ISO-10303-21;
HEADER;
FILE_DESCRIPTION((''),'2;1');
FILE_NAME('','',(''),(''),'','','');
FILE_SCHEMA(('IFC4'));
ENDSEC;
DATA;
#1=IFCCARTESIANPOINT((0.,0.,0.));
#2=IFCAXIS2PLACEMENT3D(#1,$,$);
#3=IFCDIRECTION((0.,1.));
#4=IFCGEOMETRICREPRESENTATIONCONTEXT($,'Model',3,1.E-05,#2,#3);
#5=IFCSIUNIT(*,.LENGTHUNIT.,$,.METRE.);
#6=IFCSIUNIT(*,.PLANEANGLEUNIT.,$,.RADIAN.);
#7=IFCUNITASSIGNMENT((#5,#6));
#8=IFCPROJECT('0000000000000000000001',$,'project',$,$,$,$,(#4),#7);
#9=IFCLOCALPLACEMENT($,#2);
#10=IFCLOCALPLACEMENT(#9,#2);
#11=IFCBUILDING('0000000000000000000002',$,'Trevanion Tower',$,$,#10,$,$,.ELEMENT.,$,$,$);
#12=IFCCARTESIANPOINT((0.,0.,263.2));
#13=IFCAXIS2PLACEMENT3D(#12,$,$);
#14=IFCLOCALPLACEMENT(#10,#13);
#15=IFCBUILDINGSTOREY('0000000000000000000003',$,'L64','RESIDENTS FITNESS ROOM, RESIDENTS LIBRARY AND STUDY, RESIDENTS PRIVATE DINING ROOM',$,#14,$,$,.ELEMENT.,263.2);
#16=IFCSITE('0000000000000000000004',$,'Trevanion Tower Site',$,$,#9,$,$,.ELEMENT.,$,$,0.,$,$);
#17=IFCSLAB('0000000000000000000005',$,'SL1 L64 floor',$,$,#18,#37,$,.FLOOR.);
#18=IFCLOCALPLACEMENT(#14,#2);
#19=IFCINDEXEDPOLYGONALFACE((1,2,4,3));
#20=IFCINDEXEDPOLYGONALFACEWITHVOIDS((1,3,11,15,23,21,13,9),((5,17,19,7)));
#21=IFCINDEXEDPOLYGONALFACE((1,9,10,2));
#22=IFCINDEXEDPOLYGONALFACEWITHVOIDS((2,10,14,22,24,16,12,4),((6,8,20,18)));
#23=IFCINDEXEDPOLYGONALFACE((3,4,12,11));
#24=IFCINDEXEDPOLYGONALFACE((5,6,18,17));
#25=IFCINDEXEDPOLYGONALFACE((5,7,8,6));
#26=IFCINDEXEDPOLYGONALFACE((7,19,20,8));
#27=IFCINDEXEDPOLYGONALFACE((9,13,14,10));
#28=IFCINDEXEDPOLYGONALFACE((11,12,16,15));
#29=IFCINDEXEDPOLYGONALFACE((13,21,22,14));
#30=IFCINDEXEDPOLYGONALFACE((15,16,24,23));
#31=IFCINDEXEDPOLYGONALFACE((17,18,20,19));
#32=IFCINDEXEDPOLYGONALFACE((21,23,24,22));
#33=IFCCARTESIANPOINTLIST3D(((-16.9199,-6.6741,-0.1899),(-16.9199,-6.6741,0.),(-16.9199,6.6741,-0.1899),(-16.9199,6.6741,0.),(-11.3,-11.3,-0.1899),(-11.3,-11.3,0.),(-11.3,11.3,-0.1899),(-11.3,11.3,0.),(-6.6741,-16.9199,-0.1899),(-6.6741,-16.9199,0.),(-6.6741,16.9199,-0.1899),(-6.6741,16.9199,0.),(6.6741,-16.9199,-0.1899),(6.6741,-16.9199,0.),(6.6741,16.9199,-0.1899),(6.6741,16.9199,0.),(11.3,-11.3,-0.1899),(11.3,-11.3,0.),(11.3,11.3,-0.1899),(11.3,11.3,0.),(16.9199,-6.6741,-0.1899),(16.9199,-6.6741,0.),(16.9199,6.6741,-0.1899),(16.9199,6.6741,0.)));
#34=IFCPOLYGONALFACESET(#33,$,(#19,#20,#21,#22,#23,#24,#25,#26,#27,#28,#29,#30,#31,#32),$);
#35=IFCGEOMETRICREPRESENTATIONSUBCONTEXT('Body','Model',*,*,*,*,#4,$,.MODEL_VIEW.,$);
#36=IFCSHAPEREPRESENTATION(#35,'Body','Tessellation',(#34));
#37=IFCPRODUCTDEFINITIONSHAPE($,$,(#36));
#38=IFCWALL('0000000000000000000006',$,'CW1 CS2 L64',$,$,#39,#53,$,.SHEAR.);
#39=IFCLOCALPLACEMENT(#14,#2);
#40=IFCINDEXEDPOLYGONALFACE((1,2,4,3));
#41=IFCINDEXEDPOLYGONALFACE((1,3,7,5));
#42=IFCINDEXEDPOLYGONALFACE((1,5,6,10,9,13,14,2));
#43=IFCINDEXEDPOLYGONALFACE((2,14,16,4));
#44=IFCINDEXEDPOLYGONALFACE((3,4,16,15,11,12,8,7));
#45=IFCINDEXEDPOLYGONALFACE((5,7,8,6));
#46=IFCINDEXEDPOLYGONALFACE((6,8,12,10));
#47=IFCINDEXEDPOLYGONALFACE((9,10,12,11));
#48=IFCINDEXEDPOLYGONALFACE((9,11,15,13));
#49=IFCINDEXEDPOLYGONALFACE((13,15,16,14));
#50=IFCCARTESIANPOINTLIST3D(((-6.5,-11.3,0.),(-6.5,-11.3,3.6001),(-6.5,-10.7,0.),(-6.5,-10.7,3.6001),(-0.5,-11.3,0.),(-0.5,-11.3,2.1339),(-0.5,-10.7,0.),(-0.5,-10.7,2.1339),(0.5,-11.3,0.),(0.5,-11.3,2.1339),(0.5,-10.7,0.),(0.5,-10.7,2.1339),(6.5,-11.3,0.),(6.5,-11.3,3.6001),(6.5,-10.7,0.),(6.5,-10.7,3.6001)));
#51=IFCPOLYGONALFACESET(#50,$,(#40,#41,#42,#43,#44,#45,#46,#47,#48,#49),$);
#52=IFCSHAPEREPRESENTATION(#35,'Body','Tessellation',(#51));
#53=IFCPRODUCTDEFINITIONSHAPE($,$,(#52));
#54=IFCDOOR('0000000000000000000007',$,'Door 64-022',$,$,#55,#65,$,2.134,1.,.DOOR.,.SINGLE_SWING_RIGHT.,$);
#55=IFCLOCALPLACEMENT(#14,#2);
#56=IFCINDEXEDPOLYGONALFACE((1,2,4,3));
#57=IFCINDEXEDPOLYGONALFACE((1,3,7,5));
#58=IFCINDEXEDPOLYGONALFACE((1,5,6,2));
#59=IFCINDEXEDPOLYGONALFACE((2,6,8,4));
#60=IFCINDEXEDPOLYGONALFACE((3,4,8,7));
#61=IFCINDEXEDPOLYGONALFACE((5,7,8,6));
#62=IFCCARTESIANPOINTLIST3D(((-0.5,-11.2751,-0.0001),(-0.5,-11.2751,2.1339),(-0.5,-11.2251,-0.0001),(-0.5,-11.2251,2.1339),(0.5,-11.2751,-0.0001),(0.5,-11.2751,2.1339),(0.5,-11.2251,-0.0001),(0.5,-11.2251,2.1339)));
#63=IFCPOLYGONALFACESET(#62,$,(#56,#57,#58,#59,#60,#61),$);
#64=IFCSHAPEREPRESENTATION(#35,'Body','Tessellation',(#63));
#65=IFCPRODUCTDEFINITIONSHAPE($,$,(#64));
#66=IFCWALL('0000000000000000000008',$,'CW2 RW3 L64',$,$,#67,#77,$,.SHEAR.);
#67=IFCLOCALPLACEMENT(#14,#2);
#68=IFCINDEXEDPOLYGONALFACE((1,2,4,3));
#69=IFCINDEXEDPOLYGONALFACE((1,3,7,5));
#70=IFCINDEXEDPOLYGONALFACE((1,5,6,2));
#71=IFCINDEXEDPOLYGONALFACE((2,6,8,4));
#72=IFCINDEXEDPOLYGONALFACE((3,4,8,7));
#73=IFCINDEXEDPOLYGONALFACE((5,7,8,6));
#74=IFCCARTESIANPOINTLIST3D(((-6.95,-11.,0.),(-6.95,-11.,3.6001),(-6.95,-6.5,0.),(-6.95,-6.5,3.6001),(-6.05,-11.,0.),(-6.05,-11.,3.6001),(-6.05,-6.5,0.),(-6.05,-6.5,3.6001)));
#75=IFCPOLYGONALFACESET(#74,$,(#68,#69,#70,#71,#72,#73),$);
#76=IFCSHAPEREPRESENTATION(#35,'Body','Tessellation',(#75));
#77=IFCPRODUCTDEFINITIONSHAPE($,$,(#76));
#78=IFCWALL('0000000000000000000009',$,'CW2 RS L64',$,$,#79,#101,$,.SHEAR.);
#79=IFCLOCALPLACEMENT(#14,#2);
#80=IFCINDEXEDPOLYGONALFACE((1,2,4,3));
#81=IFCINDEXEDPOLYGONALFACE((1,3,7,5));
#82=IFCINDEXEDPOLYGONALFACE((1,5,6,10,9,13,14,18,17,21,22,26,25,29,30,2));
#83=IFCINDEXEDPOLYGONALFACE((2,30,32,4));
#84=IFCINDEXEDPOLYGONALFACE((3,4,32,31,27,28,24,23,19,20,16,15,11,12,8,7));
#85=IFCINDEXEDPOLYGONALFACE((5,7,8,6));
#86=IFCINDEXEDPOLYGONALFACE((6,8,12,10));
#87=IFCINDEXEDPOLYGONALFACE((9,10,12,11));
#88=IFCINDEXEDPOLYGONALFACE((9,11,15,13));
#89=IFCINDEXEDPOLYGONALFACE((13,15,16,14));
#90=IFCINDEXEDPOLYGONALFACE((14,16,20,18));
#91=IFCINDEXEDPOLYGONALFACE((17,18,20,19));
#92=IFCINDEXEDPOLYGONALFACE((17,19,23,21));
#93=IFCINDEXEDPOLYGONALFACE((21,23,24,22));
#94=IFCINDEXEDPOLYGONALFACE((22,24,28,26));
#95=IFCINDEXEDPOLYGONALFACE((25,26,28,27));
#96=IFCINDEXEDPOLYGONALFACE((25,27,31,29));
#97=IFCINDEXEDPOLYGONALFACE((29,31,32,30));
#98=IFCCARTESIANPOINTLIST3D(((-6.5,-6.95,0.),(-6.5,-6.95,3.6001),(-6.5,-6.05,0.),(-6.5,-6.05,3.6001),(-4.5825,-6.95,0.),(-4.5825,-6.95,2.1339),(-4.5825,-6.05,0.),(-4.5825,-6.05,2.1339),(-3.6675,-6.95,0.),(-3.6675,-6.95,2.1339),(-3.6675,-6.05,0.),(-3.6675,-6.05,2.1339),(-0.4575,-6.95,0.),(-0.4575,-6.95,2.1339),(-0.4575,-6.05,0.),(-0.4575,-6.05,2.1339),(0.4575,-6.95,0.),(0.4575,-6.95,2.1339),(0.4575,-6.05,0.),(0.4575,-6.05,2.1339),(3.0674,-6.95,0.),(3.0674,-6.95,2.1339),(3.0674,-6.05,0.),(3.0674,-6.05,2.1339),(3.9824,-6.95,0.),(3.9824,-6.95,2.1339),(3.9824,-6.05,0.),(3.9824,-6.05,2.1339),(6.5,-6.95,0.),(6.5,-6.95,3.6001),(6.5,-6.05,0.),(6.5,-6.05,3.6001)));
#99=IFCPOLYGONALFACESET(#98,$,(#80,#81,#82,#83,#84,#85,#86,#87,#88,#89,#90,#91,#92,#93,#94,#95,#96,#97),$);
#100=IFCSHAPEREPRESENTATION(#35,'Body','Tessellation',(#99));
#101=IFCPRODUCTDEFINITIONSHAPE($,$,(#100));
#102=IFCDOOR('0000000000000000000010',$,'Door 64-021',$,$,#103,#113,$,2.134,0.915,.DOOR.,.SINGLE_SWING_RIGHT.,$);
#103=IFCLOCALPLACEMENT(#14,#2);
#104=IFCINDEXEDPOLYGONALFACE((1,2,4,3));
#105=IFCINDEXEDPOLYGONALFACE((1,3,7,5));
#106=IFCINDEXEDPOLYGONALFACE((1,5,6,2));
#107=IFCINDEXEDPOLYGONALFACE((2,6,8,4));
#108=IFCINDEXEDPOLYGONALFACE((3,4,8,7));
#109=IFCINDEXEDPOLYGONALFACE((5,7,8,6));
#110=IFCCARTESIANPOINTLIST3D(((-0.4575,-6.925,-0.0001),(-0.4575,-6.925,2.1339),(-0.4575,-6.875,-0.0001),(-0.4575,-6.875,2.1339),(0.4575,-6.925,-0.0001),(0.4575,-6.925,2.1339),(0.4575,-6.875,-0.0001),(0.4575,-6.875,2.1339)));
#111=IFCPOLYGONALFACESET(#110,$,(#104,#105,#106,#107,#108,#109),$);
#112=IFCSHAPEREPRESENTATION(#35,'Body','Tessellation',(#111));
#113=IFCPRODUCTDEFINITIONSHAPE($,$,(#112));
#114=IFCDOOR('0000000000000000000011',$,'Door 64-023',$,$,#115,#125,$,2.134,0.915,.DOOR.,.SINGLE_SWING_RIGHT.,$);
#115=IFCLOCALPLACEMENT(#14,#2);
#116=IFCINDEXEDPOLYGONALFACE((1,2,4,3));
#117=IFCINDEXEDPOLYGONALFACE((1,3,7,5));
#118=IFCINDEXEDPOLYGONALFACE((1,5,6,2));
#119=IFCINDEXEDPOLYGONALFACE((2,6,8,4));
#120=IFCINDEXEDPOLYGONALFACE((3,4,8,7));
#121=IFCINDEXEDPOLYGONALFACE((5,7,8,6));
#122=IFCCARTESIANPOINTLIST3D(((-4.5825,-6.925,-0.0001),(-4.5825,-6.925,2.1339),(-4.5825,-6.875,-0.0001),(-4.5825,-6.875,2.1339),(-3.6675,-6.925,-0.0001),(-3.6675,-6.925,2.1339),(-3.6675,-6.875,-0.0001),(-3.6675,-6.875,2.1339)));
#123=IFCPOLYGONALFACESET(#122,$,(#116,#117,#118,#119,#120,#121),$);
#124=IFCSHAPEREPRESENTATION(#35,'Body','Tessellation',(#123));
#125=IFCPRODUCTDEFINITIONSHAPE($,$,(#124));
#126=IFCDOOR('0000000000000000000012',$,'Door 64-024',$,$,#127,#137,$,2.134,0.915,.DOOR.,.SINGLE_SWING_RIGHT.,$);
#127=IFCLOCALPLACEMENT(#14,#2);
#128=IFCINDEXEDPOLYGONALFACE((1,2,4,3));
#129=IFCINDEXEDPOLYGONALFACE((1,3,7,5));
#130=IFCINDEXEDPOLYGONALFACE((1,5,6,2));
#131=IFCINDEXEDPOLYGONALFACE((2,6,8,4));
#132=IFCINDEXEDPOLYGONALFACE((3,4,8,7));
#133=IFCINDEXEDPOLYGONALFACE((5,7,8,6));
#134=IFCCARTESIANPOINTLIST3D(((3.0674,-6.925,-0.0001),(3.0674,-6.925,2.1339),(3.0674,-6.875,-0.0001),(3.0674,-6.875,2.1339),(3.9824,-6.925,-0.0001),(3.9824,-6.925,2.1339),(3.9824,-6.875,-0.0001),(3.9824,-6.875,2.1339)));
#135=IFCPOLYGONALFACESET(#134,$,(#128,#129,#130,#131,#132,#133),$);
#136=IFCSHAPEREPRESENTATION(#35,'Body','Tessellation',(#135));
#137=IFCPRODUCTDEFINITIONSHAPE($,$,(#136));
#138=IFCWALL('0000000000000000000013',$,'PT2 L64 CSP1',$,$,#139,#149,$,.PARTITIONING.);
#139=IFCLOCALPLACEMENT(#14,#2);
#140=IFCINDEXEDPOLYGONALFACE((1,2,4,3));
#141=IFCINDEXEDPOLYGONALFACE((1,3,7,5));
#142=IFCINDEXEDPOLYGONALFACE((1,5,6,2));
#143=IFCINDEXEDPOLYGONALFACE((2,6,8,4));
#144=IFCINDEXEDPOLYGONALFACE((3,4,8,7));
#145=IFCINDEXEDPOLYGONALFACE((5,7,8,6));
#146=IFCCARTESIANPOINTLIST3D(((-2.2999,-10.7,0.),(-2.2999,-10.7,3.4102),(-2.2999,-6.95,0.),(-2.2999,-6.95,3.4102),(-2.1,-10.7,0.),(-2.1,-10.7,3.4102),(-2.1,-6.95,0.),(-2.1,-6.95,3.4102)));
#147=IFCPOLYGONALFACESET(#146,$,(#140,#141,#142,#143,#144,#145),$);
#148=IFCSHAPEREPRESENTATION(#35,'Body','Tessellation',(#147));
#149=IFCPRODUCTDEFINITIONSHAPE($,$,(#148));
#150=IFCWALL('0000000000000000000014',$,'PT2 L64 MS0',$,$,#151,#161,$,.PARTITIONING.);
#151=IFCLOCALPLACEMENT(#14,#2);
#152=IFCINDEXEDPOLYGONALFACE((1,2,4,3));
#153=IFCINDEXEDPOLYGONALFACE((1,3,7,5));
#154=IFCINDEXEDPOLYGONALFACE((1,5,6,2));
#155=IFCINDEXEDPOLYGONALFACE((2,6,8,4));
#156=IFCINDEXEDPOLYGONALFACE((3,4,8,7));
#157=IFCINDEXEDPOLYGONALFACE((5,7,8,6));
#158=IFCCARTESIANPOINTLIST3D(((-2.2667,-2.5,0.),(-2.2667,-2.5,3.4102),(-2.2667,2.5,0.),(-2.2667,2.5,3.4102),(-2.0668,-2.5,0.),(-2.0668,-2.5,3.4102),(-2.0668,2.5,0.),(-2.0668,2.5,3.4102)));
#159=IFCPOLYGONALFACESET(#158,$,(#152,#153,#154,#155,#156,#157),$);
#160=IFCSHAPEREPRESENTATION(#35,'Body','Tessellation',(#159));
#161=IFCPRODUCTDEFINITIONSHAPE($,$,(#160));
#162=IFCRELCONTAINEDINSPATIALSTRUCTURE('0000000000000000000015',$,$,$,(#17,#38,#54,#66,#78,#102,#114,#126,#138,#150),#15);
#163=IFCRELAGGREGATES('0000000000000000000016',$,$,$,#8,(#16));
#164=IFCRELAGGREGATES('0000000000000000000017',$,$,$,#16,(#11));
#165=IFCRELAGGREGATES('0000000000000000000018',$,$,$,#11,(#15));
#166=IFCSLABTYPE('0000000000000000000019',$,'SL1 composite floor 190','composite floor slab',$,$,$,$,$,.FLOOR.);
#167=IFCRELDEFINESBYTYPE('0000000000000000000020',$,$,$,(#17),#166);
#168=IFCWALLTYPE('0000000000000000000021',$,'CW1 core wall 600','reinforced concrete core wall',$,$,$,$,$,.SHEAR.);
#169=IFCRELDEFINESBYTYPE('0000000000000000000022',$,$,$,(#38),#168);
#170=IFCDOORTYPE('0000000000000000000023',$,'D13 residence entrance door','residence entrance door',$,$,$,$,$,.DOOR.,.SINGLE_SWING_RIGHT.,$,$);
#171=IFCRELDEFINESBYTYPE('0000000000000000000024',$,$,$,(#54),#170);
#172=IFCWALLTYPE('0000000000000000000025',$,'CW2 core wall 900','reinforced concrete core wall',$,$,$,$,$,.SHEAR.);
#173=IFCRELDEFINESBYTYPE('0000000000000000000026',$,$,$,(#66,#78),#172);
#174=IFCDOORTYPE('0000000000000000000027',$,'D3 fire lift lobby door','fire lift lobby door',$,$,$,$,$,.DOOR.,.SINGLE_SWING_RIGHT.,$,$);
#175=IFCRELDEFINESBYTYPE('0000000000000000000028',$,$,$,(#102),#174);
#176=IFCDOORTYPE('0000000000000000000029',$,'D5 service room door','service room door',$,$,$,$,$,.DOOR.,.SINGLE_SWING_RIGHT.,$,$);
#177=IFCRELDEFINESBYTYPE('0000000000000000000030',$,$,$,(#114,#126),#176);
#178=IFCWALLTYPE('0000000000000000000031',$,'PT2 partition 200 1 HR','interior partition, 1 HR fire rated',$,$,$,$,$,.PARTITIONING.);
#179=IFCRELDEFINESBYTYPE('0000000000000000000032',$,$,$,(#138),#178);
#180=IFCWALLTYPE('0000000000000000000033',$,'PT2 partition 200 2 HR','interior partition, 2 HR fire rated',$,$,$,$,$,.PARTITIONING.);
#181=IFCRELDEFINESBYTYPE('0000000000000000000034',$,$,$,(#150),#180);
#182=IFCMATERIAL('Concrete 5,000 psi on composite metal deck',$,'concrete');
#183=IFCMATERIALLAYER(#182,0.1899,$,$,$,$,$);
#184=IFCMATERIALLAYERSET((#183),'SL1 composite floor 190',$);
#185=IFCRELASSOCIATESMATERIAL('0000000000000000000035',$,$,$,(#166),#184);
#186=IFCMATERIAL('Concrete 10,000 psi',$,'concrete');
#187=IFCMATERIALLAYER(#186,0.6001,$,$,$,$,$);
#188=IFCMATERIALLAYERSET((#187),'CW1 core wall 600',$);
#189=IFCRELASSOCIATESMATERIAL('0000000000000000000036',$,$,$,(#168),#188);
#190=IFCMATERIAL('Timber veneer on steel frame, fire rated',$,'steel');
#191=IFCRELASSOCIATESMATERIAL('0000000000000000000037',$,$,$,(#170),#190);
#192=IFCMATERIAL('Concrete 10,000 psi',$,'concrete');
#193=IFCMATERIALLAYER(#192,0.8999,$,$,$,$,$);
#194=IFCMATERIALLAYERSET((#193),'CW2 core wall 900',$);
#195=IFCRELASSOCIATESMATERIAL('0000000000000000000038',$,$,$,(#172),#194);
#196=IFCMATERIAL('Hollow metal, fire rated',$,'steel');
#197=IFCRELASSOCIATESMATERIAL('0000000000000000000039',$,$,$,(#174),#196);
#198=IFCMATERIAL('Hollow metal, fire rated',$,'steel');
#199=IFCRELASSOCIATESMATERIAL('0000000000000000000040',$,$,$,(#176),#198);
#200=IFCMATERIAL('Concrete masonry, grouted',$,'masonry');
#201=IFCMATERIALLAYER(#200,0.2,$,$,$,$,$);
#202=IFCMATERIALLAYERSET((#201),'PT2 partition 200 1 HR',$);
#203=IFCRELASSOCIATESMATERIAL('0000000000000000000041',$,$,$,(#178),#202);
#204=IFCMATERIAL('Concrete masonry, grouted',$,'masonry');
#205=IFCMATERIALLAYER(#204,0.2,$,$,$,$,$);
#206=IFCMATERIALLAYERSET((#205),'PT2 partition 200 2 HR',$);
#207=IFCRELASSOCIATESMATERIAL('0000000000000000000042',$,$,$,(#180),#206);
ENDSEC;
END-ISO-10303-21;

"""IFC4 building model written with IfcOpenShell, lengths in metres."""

from ifc_helpers import new_model, si_unit, direction, frame, frame_2d, origin, place, context, subcontext, project, spatial, polyline, rectangle, outline, extrude, material, layer, layer_set, type_object, element, fill, save


model = new_model("IFC4")

# Units and contexts
model_context = context("Model", 3, precision=1e-05, world=origin(), true_north=direction((0.0, 1.0)))
body_context = subcontext(model_context, "Body", "Model", "MODEL_VIEW")
ifc_project = project(units=[si_unit("LENGTHUNIT", "METRE"), si_unit("PLANEANGLEUNIT", "RADIAN")], contexts=[model_context])

# Site, building, storey
site_placement = place(None, origin())
site = spatial("IfcSite", under=ifc_project, at=site_placement, Name="Trevanion Tower Site", CompositionType="ELEMENT", RefElevation=0.0)
building_placement = place(site_placement, origin())
building = spatial("IfcBuilding", under=site, at=building_placement, Name="Trevanion Tower", CompositionType="ELEMENT")
storey_placement = place(building_placement, frame((0.0, 0.0, 263.2)))
storey = spatial("IfcBuildingStorey", under=building, at=storey_placement, Name="L64", Description="RESIDENTS FITNESS ROOM, RESIDENTS LIBRARY AND STUDY, RESIDENTS PRIVATE DINING ROOM", CompositionType="ELEMENT", Elevation=263.2)

# Slab
ifc_material_1 = material(Name="Concrete 5,000 psi on composite metal deck", Category="concrete")
ifc_layer_1 = layer(ifc_material_1, 0.1899)
ifc_layer_set_1 = layer_set([ifc_layer_1], Name="SL1 composite floor 190")
slab_type_1 = type_object("IfcSlabType", Name="SL1 composite floor 190", Description="composite floor slab", PredefinedType="FLOOR", material=ifc_layer_set_1)
slab_1_placement = place(storey_placement, frame((0.0, 0.0, -0.1899)))
element("IfcSlab", 1, at=slab_1_placement, inside=storey, type_object=slab_type_1, Name="SL1 L64 floor", PredefinedType="FLOOR", context=body_context, shape_type="SweptSolid", body=[
    extrude(outline(polyline([(16.9199, -6.6741), (16.9199, 6.6741), (6.6741, 16.9199), (-6.6741, 16.9199), (-16.9199, 6.6741), (-16.9199, -6.6741), (-6.6741, -16.9199), (6.6741, -16.9199), (16.9199, -6.6741)]), holes=[polyline([(11.3, -11.3), (11.3, 11.3), (-11.3, 11.3), (-11.3, -11.3), (11.3, -11.3)])]), origin(), (0.0, 0.0, 1.0), 0.1899),
])

# Wall, opening, door
ifc_material_2 = material(Name="Concrete 10,000 psi", Category="concrete")
ifc_layer_2 = layer(ifc_material_2, 0.6001)
ifc_layer_set_2 = layer_set([ifc_layer_2], Name="CW1 core wall 600")
wall_type_1 = type_object("IfcWallType", Name="CW1 core wall 600", Description="reinforced concrete core wall", PredefinedType="SHEAR", material=ifc_layer_set_2)
wall_1_placement = place(storey_placement, frame((-6.5, -11.0, 0.0), z_axis=(0.0, 0.0, 1.0), x_axis=(1.0, 0.0, 0.0)))
wall_1 = element("IfcWall", 2, at=wall_1_placement, inside=storey, type_object=wall_type_1, Name="CW1 CS2 L64", PredefinedType="SHEAR", context=body_context, shape_type="SweptSolid", body=[
    extrude(rectangle(XDim=13.0, YDim=0.6001, at=frame_2d((6.5, 0.0))), origin(), (0.0, 0.0, 1.0), 3.6001),
])
opening_1_placement = place(wall_1_placement, frame((6.0, 0.0, 0.0)))
opening_1 = element("IfcOpeningElement", 3, at=opening_1_placement, cuts=wall_1, PredefinedType="OPENING", context=body_context, shape_type="SweptSolid", body=[
    extrude(rectangle(XDim=1.0, YDim=2.134, at=frame_2d((0.5, 1.0669))), frame((0.0, 0.3101, 0.0), z_axis=(0.0, -1.0, 0.0), x_axis=(1.0, 0.0, 0.0)), (0.0, 0.0, 1.0), 0.6201),
])
ifc_material_3 = material(Name="Timber veneer on steel frame, fire rated", Category="steel")
door_type_1 = type_object("IfcDoorType", Name="D13 residence entrance door", Description="residence entrance door", OperationType="SINGLE_SWING_RIGHT", PredefinedType="DOOR", material=ifc_material_3)
door_1_placement = place(opening_1_placement, origin())
door_1 = element("IfcDoor", 4, at=door_1_placement, inside=storey, type_object=door_type_1, Name="Door 64-022", OperationType="SINGLE_SWING_RIGHT", OverallHeight=2.134, OverallWidth=1.0, PredefinedType="DOOR", context=body_context, shape_type="SweptSolid", body=[
    extrude(rectangle(XDim=1.0, YDim=2.134, at=frame_2d((0.5, 1.0669))), frame((0.0, -0.2251, 0.0), z_axis=(0.0, -1.0, 0.0), x_axis=(1.0, 0.0, 0.0)), (0.0, 0.0, 1.0), 0.05),
])
fill(opening_1, door_1)

# Wall
ifc_material_4 = material(Name="Concrete 10,000 psi", Category="concrete")
ifc_layer_3 = layer(ifc_material_4, 0.8999)
ifc_layer_set_3 = layer_set([ifc_layer_3], Name="CW2 core wall 900")
wall_type_2 = type_object("IfcWallType", Name="CW2 core wall 900", Description="reinforced concrete core wall", PredefinedType="SHEAR", material=ifc_layer_set_3)
wall_2_placement = place(storey_placement, frame((-6.5, -6.5, 0.0), z_axis=(0.0, 0.0, 1.0), x_axis=(0.0, -1.0, 0.0)))
element("IfcWall", 5, at=wall_2_placement, inside=storey, type_object=wall_type_2, Name="CW2 RW3 L64", PredefinedType="SHEAR", context=body_context, shape_type="SweptSolid", body=[
    extrude(rectangle(XDim=4.5, YDim=0.8999, at=frame_2d((2.25, 0.0))), origin(), (0.0, 0.0, 1.0), 3.6001),
])

# Wall, openings, doors
wall_3_placement = place(storey_placement, frame((-6.5, -6.5, 0.0), z_axis=(0.0, 0.0, 1.0), x_axis=(1.0, 0.0, 0.0)))
wall_3 = element("IfcWall", 6, at=wall_3_placement, inside=storey, type_object=wall_type_2, Name="CW2 RS L64", PredefinedType="SHEAR", context=body_context, shape_type="SweptSolid", body=[
    extrude(rectangle(XDim=13.0, YDim=0.8999, at=frame_2d((6.5, 0.0))), origin(), (0.0, 0.0, 1.0), 3.6001),
])
opening_2_placement = place(wall_3_placement, frame((6.0425, 0.0, 0.0)))
opening_2 = element("IfcOpeningElement", 7, at=opening_2_placement, cuts=wall_3, PredefinedType="OPENING", context=body_context, shape_type="SweptSolid", body=[
    extrude(rectangle(XDim=0.915, YDim=2.134, at=frame_2d((0.4575, 1.0669))), frame((0.0, 0.46, 0.0), z_axis=(0.0, -1.0, 0.0), x_axis=(1.0, 0.0, 0.0)), (0.0, 0.0, 1.0), 0.9199),
])
opening_3_placement = place(wall_3_placement, frame((1.9175, 0.0, 0.0)))
opening_3 = element("IfcOpeningElement", 8, at=opening_3_placement, cuts=wall_3, PredefinedType="OPENING", context=body_context, shape_type="SweptSolid", body=[
    extrude(rectangle(XDim=0.915, YDim=2.134, at=frame_2d((0.4575, 1.0669))), frame((0.0, 0.46, 0.0), z_axis=(0.0, -1.0, 0.0), x_axis=(1.0, 0.0, 0.0)), (0.0, 0.0, 1.0), 0.9199),
])
opening_4_placement = place(wall_3_placement, frame((9.5674, 0.0, 0.0)))
opening_4 = element("IfcOpeningElement", 9, at=opening_4_placement, cuts=wall_3, PredefinedType="OPENING", context=body_context, shape_type="SweptSolid", body=[
    extrude(rectangle(XDim=0.915, YDim=2.134, at=frame_2d((0.4575, 1.0669))), frame((0.0, 0.46, 0.0), z_axis=(0.0, -1.0, 0.0), x_axis=(1.0, 0.0, 0.0)), (0.0, 0.0, 1.0), 0.9199),
])
ifc_material_5 = material(Name="Hollow metal, fire rated", Category="steel")
door_type_2 = type_object("IfcDoorType", Name="D3 fire lift lobby door", Description="fire lift lobby door", OperationType="SINGLE_SWING_RIGHT", PredefinedType="DOOR", material=ifc_material_5)
door_2_placement = place(opening_2_placement, origin())
door_2 = element("IfcDoor", 10, at=door_2_placement, inside=storey, type_object=door_type_2, Name="Door 64-021", OperationType="SINGLE_SWING_RIGHT", OverallHeight=2.134, OverallWidth=0.915, PredefinedType="DOOR", context=body_context, shape_type="SweptSolid", body=[
    extrude(rectangle(XDim=0.915, YDim=2.134, at=frame_2d((0.4575, 1.0669))), frame((0.0, -0.375, 0.0), z_axis=(0.0, -1.0, 0.0), x_axis=(1.0, 0.0, 0.0)), (0.0, 0.0, 1.0), 0.05),
])
fill(opening_2, door_2)
ifc_material_6 = material(Name="Hollow metal, fire rated", Category="steel")
door_type_3 = type_object("IfcDoorType", Name="D5 service room door", Description="service room door", OperationType="SINGLE_SWING_RIGHT", PredefinedType="DOOR", material=ifc_material_6)
door_3_placement = place(opening_3_placement, origin())
door_3 = element("IfcDoor", 11, at=door_3_placement, inside=storey, type_object=door_type_3, Name="Door 64-023", OperationType="SINGLE_SWING_RIGHT", OverallHeight=2.134, OverallWidth=0.915, PredefinedType="DOOR", context=body_context, shape_type="SweptSolid", body=[
    extrude(rectangle(XDim=0.915, YDim=2.134, at=frame_2d((0.4575, 1.0669))), frame((0.0, -0.375, 0.0), z_axis=(0.0, -1.0, 0.0), x_axis=(1.0, 0.0, 0.0)), (0.0, 0.0, 1.0), 0.05),
])
fill(opening_3, door_3)
door_4_placement = place(opening_4_placement, origin())
door_4 = element("IfcDoor", 12, at=door_4_placement, inside=storey, type_object=door_type_3, Name="Door 64-024", OperationType="SINGLE_SWING_RIGHT", OverallHeight=2.134, OverallWidth=0.915, PredefinedType="DOOR", context=body_context, shape_type="SweptSolid", body=[
    extrude(rectangle(XDim=0.915, YDim=2.134, at=frame_2d((0.4575, 1.0669))), frame((0.0, -0.375, 0.0), z_axis=(0.0, -1.0, 0.0), x_axis=(1.0, 0.0, 0.0)), (0.0, 0.0, 1.0), 0.05),
])
fill(opening_4, door_4)

# Walls
ifc_material_7 = material(Name="Concrete masonry, grouted", Category="masonry")
ifc_layer_4 = layer(ifc_material_7, 0.2)
ifc_layer_set_4 = layer_set([ifc_layer_4], Name="PT2 partition 200 1 HR")
wall_type_3 = type_object("IfcWallType", Name="PT2 partition 200 1 HR", Description="interior partition, 1 HR fire rated", PredefinedType="PARTITIONING", material=ifc_layer_set_4)
wall_4_placement = place(storey_placement, frame((-2.2, -6.95, 0.0), z_axis=(0.0, 0.0, 1.0), x_axis=(0.0, -1.0, 0.0)))
element("IfcWall", 13, at=wall_4_placement, inside=storey, type_object=wall_type_3, Name="PT2 L64 CSP1", PredefinedType="PARTITIONING", context=body_context, shape_type="SweptSolid", body=[
    extrude(rectangle(XDim=3.75, YDim=0.2, at=frame_2d((1.875, 0.0))), origin(), (0.0, 0.0, 1.0), 3.4102),
])
ifc_material_8 = material(Name="Concrete masonry, grouted", Category="masonry")
ifc_layer_5 = layer(ifc_material_8, 0.2)
ifc_layer_set_5 = layer_set([ifc_layer_5], Name="PT2 partition 200 2 HR")
wall_type_4 = type_object("IfcWallType", Name="PT2 partition 200 2 HR", Description="interior partition, 2 HR fire rated", PredefinedType="PARTITIONING", material=ifc_layer_set_5)
wall_5_placement = place(storey_placement, frame((-2.1667, -2.5, 0.0), z_axis=(0.0, 0.0, 1.0), x_axis=(0.0, 1.0, 0.0)))
element("IfcWall", 14, at=wall_5_placement, inside=storey, type_object=wall_type_4, Name="PT2 L64 MS0", PredefinedType="PARTITIONING", context=body_context, shape_type="SweptSolid", body=[
    extrude(rectangle(XDim=5.0, YDim=0.2, at=frame_2d((2.5, 0.0))), origin(), (0.0, 0.0, 1.0), 3.4102),
])

save(model, "model.ifc")
